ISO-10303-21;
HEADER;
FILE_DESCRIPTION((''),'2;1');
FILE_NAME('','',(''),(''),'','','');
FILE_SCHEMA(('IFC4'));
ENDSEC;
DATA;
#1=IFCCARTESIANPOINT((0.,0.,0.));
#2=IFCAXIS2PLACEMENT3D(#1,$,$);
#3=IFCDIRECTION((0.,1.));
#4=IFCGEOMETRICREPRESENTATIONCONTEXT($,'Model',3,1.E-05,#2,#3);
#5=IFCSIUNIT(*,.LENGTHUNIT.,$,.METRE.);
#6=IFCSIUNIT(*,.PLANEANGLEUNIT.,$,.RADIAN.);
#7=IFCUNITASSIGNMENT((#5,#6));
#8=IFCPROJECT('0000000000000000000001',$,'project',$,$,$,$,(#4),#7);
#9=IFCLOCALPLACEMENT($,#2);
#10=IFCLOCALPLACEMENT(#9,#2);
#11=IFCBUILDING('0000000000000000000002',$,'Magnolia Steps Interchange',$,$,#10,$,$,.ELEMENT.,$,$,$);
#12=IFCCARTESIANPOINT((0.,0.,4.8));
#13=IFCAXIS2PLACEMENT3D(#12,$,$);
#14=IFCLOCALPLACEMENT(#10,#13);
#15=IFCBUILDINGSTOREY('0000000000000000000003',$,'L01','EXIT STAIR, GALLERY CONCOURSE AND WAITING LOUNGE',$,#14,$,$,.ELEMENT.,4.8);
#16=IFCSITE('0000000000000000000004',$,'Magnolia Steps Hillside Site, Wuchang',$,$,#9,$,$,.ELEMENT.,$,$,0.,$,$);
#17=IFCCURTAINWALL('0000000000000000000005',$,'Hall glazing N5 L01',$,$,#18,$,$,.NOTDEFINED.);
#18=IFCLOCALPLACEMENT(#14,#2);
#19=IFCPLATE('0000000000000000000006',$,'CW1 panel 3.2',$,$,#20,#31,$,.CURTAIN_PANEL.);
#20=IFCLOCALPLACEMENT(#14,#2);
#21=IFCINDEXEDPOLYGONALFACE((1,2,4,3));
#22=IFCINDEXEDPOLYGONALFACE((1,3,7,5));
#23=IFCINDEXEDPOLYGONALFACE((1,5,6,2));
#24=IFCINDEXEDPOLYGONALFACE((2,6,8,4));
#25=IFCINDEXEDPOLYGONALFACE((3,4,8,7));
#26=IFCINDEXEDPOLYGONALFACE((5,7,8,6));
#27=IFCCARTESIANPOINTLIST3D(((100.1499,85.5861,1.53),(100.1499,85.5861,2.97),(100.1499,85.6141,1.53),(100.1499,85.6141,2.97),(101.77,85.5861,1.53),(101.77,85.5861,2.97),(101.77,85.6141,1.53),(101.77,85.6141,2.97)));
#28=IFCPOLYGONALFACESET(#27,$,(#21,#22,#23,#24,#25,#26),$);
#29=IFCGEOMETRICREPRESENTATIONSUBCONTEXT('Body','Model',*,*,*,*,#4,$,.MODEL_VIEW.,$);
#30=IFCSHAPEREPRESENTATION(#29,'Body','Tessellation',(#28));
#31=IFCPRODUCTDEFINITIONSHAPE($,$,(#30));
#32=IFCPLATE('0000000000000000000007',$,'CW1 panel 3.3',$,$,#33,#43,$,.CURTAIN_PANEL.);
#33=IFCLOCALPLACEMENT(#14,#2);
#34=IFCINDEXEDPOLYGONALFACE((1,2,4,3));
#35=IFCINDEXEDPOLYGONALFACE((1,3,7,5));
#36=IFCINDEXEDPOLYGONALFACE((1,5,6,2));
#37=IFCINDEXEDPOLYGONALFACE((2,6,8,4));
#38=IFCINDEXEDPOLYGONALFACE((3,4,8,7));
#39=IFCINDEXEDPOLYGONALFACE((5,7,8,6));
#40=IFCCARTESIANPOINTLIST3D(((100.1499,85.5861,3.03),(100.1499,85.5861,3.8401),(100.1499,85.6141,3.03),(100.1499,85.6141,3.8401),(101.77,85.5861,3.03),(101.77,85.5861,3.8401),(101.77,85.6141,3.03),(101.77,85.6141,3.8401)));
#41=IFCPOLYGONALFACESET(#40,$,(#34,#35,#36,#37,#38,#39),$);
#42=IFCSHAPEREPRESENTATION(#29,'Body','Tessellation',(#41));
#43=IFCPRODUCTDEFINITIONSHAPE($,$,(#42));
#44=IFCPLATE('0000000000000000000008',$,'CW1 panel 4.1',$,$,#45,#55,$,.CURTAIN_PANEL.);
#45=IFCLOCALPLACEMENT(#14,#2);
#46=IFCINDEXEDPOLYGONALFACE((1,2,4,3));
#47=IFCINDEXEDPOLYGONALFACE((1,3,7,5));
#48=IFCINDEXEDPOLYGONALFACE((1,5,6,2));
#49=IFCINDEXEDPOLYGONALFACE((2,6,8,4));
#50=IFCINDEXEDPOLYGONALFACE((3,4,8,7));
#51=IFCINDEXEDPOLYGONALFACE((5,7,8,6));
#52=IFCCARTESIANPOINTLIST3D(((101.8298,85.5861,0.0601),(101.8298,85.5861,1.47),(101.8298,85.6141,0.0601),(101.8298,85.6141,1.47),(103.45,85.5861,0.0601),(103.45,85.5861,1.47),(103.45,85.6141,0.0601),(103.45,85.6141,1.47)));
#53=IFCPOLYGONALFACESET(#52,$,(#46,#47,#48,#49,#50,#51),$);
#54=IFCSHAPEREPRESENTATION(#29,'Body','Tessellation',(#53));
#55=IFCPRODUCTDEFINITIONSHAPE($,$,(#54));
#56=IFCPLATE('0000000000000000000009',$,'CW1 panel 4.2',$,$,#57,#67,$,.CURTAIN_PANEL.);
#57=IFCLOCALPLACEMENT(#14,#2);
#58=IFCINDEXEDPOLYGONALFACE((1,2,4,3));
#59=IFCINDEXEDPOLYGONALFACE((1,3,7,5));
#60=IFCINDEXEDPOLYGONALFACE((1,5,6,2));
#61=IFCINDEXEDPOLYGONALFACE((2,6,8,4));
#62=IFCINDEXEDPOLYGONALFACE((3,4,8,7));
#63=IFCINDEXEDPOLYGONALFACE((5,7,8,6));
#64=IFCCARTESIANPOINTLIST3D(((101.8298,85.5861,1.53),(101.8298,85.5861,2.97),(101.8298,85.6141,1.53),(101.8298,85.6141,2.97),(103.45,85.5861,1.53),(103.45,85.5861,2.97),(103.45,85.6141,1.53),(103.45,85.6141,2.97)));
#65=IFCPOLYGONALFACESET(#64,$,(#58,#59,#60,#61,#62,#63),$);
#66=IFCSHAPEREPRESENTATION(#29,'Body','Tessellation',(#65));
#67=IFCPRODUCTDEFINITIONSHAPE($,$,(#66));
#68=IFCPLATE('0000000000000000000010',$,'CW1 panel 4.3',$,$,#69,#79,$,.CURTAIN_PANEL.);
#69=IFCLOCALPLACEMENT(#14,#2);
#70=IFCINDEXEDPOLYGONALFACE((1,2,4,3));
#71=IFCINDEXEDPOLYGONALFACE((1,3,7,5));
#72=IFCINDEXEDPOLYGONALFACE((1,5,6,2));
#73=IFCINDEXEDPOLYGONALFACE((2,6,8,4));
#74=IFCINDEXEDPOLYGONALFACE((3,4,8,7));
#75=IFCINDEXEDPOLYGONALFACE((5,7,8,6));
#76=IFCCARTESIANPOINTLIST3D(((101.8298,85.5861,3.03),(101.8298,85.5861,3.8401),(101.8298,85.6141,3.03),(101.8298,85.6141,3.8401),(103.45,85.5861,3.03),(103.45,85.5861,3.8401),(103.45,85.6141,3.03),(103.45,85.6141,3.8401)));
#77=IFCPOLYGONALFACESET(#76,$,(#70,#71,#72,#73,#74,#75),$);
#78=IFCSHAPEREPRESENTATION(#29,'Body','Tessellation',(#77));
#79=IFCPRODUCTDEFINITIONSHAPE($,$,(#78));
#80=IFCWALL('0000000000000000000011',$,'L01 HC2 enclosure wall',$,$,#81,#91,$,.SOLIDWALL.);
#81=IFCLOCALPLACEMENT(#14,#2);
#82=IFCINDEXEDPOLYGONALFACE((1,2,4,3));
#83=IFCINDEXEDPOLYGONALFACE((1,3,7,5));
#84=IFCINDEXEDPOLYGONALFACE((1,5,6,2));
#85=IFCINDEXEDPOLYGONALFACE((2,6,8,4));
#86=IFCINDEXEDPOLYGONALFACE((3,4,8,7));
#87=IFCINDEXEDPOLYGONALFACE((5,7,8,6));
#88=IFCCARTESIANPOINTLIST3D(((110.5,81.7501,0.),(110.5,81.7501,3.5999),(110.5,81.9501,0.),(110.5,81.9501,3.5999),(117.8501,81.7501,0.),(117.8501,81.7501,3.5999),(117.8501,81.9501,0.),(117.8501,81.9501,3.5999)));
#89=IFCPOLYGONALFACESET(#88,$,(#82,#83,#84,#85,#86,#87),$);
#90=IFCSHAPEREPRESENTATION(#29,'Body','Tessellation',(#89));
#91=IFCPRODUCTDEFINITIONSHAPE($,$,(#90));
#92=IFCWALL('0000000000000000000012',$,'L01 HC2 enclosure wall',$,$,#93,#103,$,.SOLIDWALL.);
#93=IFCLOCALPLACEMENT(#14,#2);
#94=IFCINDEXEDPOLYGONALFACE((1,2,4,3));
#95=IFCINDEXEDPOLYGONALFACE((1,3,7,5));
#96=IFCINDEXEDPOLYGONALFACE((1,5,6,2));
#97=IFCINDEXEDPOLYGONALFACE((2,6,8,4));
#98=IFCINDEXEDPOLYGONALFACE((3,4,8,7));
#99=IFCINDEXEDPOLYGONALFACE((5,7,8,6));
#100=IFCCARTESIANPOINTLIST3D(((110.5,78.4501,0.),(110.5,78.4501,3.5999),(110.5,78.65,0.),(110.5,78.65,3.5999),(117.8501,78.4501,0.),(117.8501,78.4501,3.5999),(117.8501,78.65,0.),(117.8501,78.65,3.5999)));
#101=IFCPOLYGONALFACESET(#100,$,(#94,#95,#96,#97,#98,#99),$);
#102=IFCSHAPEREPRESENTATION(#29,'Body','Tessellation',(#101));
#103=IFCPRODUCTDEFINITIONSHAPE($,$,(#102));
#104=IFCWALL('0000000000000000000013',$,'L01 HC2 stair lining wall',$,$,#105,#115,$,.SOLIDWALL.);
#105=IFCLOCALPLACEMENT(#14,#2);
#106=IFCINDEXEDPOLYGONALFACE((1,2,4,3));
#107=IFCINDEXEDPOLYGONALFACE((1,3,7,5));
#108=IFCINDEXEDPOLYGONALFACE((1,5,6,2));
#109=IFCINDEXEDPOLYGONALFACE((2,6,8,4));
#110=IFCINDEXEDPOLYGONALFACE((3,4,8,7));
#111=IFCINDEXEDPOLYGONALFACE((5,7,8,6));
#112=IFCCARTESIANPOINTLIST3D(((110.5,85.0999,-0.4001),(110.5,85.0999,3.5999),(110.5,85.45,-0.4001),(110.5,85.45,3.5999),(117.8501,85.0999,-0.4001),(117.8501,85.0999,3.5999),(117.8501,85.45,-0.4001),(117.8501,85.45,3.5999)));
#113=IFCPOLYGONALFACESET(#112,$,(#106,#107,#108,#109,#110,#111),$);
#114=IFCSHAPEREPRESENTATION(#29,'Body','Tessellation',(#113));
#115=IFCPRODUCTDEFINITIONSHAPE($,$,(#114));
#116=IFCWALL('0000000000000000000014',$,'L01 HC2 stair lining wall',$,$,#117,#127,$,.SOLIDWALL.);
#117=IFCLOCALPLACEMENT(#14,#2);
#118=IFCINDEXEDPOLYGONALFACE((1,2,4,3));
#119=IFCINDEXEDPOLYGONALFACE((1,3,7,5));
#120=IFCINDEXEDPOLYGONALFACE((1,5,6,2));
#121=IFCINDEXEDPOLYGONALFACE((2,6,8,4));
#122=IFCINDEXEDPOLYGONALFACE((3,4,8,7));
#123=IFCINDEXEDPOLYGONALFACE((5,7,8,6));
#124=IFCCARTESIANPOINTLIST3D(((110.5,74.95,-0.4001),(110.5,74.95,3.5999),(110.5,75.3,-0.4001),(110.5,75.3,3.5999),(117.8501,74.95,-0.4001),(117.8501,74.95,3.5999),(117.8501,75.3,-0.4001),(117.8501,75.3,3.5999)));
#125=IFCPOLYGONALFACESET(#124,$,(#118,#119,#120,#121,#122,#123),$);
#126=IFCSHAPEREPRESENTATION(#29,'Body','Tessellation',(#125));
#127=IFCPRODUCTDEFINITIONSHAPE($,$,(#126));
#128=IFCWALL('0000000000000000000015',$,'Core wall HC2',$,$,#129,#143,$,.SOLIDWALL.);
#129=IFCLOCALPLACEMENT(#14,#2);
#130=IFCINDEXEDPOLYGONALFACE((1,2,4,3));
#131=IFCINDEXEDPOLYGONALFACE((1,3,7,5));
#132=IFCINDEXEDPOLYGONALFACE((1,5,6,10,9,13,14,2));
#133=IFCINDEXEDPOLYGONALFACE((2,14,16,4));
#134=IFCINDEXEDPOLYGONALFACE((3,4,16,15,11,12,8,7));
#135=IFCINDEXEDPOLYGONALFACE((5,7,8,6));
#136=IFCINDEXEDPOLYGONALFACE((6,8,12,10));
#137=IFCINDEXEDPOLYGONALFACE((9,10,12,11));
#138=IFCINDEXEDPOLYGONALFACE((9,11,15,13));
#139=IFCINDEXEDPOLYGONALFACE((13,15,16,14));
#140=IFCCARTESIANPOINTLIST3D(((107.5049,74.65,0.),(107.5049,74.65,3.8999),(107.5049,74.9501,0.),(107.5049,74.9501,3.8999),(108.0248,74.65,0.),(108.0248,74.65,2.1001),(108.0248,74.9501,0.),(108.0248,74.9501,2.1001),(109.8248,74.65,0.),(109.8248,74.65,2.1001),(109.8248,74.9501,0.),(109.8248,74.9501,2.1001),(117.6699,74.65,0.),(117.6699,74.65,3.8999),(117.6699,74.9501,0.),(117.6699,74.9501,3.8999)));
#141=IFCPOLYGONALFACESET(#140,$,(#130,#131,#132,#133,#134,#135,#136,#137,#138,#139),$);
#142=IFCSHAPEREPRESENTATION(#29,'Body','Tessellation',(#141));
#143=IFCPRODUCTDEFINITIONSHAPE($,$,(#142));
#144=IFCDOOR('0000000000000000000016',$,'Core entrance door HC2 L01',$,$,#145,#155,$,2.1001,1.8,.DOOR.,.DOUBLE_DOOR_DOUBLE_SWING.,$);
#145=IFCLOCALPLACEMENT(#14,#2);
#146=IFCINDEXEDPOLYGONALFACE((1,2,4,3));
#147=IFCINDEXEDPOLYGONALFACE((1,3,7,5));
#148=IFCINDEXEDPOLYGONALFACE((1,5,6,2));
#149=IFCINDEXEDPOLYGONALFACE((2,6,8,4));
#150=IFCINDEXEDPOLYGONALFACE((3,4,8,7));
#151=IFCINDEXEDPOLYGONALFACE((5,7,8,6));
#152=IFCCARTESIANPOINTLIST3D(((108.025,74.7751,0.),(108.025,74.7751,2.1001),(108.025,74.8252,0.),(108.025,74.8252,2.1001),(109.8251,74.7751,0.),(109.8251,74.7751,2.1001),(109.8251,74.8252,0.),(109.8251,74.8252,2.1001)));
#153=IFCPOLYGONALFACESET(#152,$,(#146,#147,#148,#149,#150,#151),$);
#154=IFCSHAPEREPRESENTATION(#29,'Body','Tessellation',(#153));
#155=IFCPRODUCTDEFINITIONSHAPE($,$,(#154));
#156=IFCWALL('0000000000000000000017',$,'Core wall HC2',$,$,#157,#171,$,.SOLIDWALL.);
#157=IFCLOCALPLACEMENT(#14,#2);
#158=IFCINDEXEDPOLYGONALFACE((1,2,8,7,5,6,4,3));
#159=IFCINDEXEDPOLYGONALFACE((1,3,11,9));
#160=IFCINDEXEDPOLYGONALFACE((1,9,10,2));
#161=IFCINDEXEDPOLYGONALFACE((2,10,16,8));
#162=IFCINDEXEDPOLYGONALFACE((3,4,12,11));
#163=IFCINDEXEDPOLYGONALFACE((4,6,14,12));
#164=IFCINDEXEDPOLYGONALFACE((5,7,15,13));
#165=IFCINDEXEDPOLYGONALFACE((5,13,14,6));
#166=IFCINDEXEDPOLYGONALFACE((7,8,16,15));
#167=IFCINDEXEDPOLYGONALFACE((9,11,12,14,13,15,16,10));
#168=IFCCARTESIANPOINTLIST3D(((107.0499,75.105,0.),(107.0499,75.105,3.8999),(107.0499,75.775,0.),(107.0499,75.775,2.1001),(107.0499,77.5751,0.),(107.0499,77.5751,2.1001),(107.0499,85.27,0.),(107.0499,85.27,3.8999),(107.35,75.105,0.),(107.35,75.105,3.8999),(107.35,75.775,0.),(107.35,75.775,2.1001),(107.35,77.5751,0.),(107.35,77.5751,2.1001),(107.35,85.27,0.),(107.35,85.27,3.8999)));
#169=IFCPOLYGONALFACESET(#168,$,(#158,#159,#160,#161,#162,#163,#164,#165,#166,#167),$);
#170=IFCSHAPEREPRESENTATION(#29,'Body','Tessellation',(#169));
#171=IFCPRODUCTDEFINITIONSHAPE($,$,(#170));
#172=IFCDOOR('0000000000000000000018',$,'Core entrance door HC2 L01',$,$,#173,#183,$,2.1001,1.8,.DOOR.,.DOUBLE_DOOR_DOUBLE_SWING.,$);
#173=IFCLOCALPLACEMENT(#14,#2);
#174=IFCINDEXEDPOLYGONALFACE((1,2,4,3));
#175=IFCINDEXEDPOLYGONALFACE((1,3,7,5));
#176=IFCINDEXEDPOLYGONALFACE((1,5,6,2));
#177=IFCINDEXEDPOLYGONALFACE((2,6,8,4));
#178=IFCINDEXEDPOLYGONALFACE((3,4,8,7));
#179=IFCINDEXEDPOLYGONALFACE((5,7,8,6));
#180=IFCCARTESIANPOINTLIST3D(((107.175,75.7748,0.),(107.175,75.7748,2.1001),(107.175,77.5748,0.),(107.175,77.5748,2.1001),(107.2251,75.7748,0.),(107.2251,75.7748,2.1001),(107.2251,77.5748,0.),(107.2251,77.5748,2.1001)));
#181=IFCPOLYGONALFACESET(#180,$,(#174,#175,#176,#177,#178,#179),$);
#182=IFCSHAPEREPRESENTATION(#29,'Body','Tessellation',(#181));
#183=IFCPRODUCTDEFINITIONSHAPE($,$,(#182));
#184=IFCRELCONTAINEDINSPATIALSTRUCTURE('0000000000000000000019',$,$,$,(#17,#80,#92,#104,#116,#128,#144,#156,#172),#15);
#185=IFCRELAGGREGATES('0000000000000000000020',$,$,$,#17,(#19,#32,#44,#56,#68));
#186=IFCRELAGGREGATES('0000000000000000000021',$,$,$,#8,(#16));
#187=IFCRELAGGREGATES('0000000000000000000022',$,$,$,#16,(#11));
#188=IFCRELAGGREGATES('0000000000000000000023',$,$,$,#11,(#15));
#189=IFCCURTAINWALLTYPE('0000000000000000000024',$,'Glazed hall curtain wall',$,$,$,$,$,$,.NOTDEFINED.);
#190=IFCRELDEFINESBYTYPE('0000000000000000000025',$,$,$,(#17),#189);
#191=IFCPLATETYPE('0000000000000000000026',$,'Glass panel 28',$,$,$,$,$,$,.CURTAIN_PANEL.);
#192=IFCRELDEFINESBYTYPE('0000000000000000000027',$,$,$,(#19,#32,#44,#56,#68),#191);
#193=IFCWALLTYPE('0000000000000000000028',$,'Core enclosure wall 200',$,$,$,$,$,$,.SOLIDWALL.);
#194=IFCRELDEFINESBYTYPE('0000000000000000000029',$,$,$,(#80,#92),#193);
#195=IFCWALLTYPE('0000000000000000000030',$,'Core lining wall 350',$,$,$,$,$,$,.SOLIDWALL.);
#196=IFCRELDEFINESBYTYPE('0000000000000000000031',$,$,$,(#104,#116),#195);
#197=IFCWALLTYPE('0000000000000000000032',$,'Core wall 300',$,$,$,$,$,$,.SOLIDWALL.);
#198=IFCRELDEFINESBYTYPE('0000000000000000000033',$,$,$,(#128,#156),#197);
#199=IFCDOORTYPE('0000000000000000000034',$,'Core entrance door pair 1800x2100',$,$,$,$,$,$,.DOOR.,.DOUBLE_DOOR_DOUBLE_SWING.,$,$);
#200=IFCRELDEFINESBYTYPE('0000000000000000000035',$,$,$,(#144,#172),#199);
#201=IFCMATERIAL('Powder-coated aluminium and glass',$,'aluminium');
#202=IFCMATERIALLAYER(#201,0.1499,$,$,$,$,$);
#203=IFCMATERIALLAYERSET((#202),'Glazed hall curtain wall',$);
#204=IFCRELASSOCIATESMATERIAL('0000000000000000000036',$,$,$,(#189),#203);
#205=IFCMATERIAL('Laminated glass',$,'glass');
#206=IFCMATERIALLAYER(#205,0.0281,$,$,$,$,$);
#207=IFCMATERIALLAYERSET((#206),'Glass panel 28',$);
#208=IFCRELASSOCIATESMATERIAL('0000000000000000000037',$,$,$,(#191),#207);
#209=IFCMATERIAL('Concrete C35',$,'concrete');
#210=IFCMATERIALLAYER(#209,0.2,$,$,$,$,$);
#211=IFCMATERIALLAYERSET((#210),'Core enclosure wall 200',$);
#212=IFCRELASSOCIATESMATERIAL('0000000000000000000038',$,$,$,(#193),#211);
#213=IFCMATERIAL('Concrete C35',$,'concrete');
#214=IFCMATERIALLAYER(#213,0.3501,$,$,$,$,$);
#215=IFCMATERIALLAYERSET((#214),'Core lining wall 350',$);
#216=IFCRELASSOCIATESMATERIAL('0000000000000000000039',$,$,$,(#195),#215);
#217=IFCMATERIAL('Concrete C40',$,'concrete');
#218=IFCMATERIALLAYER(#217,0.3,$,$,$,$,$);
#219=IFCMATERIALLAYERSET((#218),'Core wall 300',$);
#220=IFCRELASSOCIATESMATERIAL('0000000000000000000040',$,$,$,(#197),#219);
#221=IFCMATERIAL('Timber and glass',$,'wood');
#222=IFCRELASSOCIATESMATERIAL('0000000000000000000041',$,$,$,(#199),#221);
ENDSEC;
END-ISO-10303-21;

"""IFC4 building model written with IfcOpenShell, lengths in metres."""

from ifc_helpers import new_model, si_unit, direction, frame, frame_2d, origin, origin_2d, place, context, subcontext, project, spatial, rectangle, extrude, material, layer, layer_set, type_object, element, fill, aggregate, save


model = new_model("IFC4")

# Units and contexts
model_context = context("Model", 3, precision=1e-05, world=origin(), true_north=direction((0.0, 1.0)))
body_context = subcontext(model_context, "Body", "Model", "MODEL_VIEW")
ifc_project = project(units=[si_unit("LENGTHUNIT", "METRE"), si_unit("PLANEANGLEUNIT", "RADIAN")], contexts=[model_context])

# Site, building, storey
site_placement = place(None, origin())
site = spatial("IfcSite", under=ifc_project, at=site_placement, Name="Magnolia Steps Hillside Site, Wuchang", CompositionType="ELEMENT", RefElevation=0.0)
building_placement = place(site_placement, origin())
building = spatial("IfcBuilding", under=site, at=building_placement, Name="Magnolia Steps Interchange", CompositionType="ELEMENT")
storey_placement = place(building_placement, frame((0.0, 0.0, 4.8)))
storey = spatial("IfcBuildingStorey", under=building, at=storey_placement, Name="L01", Description="EXIT STAIR, GALLERY CONCOURSE AND WAITING LOUNGE", CompositionType="ELEMENT", Elevation=4.8)

# Curtain wall, plates
ifc_material_1 = material(Name="Powder-coated aluminium and glass", Category="aluminium")
ifc_layer_1 = layer(ifc_material_1, 0.1499)
ifc_layer_set_1 = layer_set([ifc_layer_1], Name="Glazed hall curtain wall")
curtain_wall_type = type_object("IfcCurtainWallType", Name="Glazed hall curtain wall", PredefinedType="NOTDEFINED", material=ifc_layer_set_1)
curtain_wall_placement = place(storey_placement, origin())
curtain_wall = element("IfcCurtainWall", 1, at=curtain_wall_placement, inside=storey, type_object=curtain_wall_type, Name="Hall glazing N5 L01", PredefinedType="NOTDEFINED")
ifc_material_2 = material(Name="Laminated glass", Category="glass")
ifc_layer_2 = layer(ifc_material_2, 0.0281)
ifc_layer_set_2 = layer_set([ifc_layer_2], Name="Glass panel 28")
plate_type = type_object("IfcPlateType", Name="Glass panel 28", PredefinedType="CURTAIN_PANEL", material=ifc_layer_set_2)
plate_1_placement = place(storey_placement, frame((100.96, 85.6001, 1.53), z_axis=(0.0, 0.0, 1.0), x_axis=(1.0, 0.0, 0.0)))
plate_1 = element("IfcPlate", 2, at=plate_1_placement, type_object=plate_type, Name="CW1 panel 3.2", PredefinedType="CURTAIN_PANEL", context=body_context, shape_type="SweptSolid", body=[
    extrude(rectangle(XDim=1.6201, YDim=0.0281, at=origin_2d()), origin(), (0.0, 0.0, 1.0), 1.4399),
])
plate_2_placement = place(storey_placement, frame((100.96, 85.6001, 3.03), z_axis=(0.0, 0.0, 1.0), x_axis=(1.0, 0.0, 0.0)))
plate_2 = element("IfcPlate", 3, at=plate_2_placement, type_object=plate_type, Name="CW1 panel 3.3", PredefinedType="CURTAIN_PANEL", context=body_context, shape_type="SweptSolid", body=[
    extrude(rectangle(XDim=1.6201, YDim=0.0281, at=origin_2d()), origin(), (0.0, 0.0, 1.0), 0.8101),
])
plate_3_placement = place(storey_placement, frame((102.6399, 85.6001, 0.0601), z_axis=(0.0, 0.0, 1.0), x_axis=(1.0, 0.0, 0.0)))
plate_3 = element("IfcPlate", 4, at=plate_3_placement, type_object=plate_type, Name="CW1 panel 4.1", PredefinedType="CURTAIN_PANEL", context=body_context, shape_type="SweptSolid", body=[
    extrude(rectangle(XDim=1.6201, YDim=0.0281, at=origin_2d()), origin(), (0.0, 0.0, 1.0), 1.4099),
])
plate_4_placement = place(storey_placement, frame((102.6399, 85.6001, 1.53), z_axis=(0.0, 0.0, 1.0), x_axis=(1.0, 0.0, 0.0)))
plate_4 = element("IfcPlate", 5, at=plate_4_placement, type_object=plate_type, Name="CW1 panel 4.2", PredefinedType="CURTAIN_PANEL", context=body_context, shape_type="SweptSolid", body=[
    extrude(rectangle(XDim=1.6201, YDim=0.0281, at=origin_2d()), origin(), (0.0, 0.0, 1.0), 1.4399),
])
plate_5_placement = place(storey_placement, frame((102.6399, 85.6001, 3.03), z_axis=(0.0, 0.0, 1.0), x_axis=(1.0, 0.0, 0.0)))
plate_5 = element("IfcPlate", 6, at=plate_5_placement, type_object=plate_type, Name="CW1 panel 4.3", PredefinedType="CURTAIN_PANEL", context=body_context, shape_type="SweptSolid", body=[
    extrude(rectangle(XDim=1.6201, YDim=0.0281, at=origin_2d()), origin(), (0.0, 0.0, 1.0), 0.8101),
])
aggregate(curtain_wall, [plate_1, plate_2, plate_3, plate_4, plate_5])

# Walls
ifc_material_3 = material(Name="Concrete C35", Category="concrete")
ifc_layer_3 = layer(ifc_material_3, 0.2)
ifc_layer_set_3 = layer_set([ifc_layer_3], Name="Core enclosure wall 200")
wall_type_1 = type_object("IfcWallType", Name="Core enclosure wall 200", PredefinedType="SOLIDWALL", material=ifc_layer_set_3)
for number, where, z_axis, x_axis, name in (
    (7, (110.5, 81.8501, 0.0), (0.0, 0.0, 1.0), (1.0, 0.0, 0.0), "L01 HC2 enclosure wall"),
    (8, (110.5, 78.55, 0.0), (0.0, 0.0, 1.0), (1.0, 0.0, 0.0), "L01 HC2 enclosure wall"),
):
    element("IfcWall", number, at=place(storey_placement, frame(where, z_axis=z_axis, x_axis=x_axis)), inside=storey, type_object=wall_type_1, Name=name, PredefinedType="SOLIDWALL", context=body_context, shape_type="SweptSolid", body=[
        extrude(rectangle(XDim=7.3501, YDim=0.2, at=frame_2d((3.675, 0.0))), origin(), (0.0, 0.0, 1.0), 3.5999),
    ])
ifc_material_4 = material(Name="Concrete C35", Category="concrete")
ifc_layer_4 = layer(ifc_material_4, 0.3501)
ifc_layer_set_4 = layer_set([ifc_layer_4], Name="Core lining wall 350")
wall_type_2 = type_object("IfcWallType", Name="Core lining wall 350", PredefinedType="SOLIDWALL", material=ifc_layer_set_4)
for number, where, z_axis, x_axis, name in (
    (9, (110.5, 85.2749, -0.4001), (0.0, 0.0, 1.0), (1.0, 0.0, 0.0), "L01 HC2 stair lining wall"),
    (10, (110.5, 75.125, -0.4001), (0.0, 0.0, 1.0), (1.0, 0.0, 0.0), "L01 HC2 stair lining wall"),
):
    element("IfcWall", number, at=place(storey_placement, frame(where, z_axis=z_axis, x_axis=x_axis)), inside=storey, type_object=wall_type_2, Name=name, PredefinedType="SOLIDWALL", context=body_context, shape_type="SweptSolid", body=[
        extrude(rectangle(XDim=7.3501, YDim=0.3501, at=frame_2d((3.675, 0.0))), origin(), (0.0, 0.0, 1.0), 4.0),
    ])

# Walls, openings, doors
ifc_material_5 = material(Name="Concrete C40", Category="concrete")
ifc_layer_5 = layer(ifc_material_5, 0.3)
ifc_layer_set_5 = layer_set([ifc_layer_5], Name="Core wall 300")
wall_type_3 = type_object("IfcWallType", Name="Core wall 300", PredefinedType="SOLIDWALL", material=ifc_layer_set_5)
wall_1_placement = place(storey_placement, frame((107.5049, 74.8, 0.0), z_axis=(0.0, 0.0, 1.0), x_axis=(1.0, 0.0, 0.0)))
wall_1 = element("IfcWall", 11, at=wall_1_placement, inside=storey, type_object=wall_type_3, Name="Core wall HC2", PredefinedType="SOLIDWALL", context=body_context, shape_type="SweptSolid", body=[
    extrude(rectangle(XDim=10.165, YDim=0.3, at=frame_2d((5.0825, 0.0))), origin(), (0.0, 0.0, 1.0), 3.8999),
])
opening_1_placement = place(wall_1_placement, frame((0.52, 0.0, 0.0)))
opening_1 = element("IfcOpeningElement", 12, at=opening_1_placement, cuts=wall_1, PredefinedType="OPENING", context=body_context, shape_type="SweptSolid", body=[
    extrude(rectangle(XDim=1.8, YDim=2.1001, at=frame_2d((0.8999, 1.05))), frame((0.0, 0.1599, 0.0), z_axis=(0.0, -1.0, 0.0), x_axis=(1.0, 0.0, 0.0)), (0.0, 0.0, 1.0), 0.3201),
])
ifc_material_6 = material(Name="Timber and glass", Category="wood")
door_type = type_object("IfcDoorType", Name="Core entrance door pair 1800x2100", OperationType="DOUBLE_DOOR_DOUBLE_SWING", PredefinedType="DOOR", material=ifc_material_6)
door_1_placement = place(opening_1_placement, frame((1.8, 0.0, 0.0), z_axis=(0.0, 0.0, 1.0), x_axis=(-1.0, 0.0, 0.0)))
door_1 = element("IfcDoor", 13, at=door_1_placement, inside=storey, type_object=door_type, Name="Core entrance door HC2 L01", OperationType="DOUBLE_DOOR_DOUBLE_SWING", OverallHeight=2.1001, OverallWidth=1.8, PredefinedType="DOOR", context=body_context, shape_type="SweptSolid", body=[
    extrude(rectangle(XDim=1.8, YDim=2.1001, at=frame_2d((0.8999, 1.05))), frame((0.0, 0.0249, 0.0), z_axis=(0.0, -1.0, 0.0), x_axis=(1.0, 0.0, 0.0)), (0.0, 0.0, 1.0), 0.05),
])
fill(opening_1, door_1)
wall_2_placement = place(storey_placement, frame((107.2, 85.27, 0.0), z_axis=(0.0, 0.0, 1.0), x_axis=(0.0, -1.0, 0.0)))
wall_2 = element("IfcWall", 14, at=wall_2_placement, inside=storey, type_object=wall_type_3, Name="Core wall HC2", PredefinedType="SOLIDWALL", context=body_context, shape_type="SweptSolid", body=[
    extrude(rectangle(XDim=10.165, YDim=0.3, at=frame_2d((5.0825, 0.0))), origin(), (0.0, 0.0, 1.0), 3.8999),
])
opening_2_placement = place(wall_2_placement, frame((7.6951, 0.0, 0.0)))
opening_2 = element("IfcOpeningElement", 15, at=opening_2_placement, cuts=wall_2, PredefinedType="OPENING", context=body_context, shape_type="SweptSolid", body=[
    extrude(rectangle(XDim=1.8, YDim=2.1001, at=frame_2d((0.8999, 1.05))), frame((0.0, 0.1599, 0.0), z_axis=(0.0, -1.0, 0.0), x_axis=(1.0, 0.0, 0.0)), (0.0, 0.0, 1.0), 0.3201),
])
door_2_placement = place(opening_2_placement, frame((1.8, 0.0, 0.0), z_axis=(0.0, 0.0, 1.0), x_axis=(-1.0, 0.0, 0.0)))
door_2 = element("IfcDoor", 16, at=door_2_placement, inside=storey, type_object=door_type, Name="Core entrance door HC2 L01", OperationType="DOUBLE_DOOR_DOUBLE_SWING", OverallHeight=2.1001, OverallWidth=1.8, PredefinedType="DOOR", context=body_context, shape_type="SweptSolid", body=[
    extrude(rectangle(XDim=1.8, YDim=2.1001, at=frame_2d((0.8999, 1.05))), frame((0.0, 0.0249, 0.0), z_axis=(0.0, -1.0, 0.0), x_axis=(1.0, 0.0, 0.0)), (0.0, 0.0, 1.0), 0.05),
])
fill(opening_2, door_2)

save(model, "model.ifc")
